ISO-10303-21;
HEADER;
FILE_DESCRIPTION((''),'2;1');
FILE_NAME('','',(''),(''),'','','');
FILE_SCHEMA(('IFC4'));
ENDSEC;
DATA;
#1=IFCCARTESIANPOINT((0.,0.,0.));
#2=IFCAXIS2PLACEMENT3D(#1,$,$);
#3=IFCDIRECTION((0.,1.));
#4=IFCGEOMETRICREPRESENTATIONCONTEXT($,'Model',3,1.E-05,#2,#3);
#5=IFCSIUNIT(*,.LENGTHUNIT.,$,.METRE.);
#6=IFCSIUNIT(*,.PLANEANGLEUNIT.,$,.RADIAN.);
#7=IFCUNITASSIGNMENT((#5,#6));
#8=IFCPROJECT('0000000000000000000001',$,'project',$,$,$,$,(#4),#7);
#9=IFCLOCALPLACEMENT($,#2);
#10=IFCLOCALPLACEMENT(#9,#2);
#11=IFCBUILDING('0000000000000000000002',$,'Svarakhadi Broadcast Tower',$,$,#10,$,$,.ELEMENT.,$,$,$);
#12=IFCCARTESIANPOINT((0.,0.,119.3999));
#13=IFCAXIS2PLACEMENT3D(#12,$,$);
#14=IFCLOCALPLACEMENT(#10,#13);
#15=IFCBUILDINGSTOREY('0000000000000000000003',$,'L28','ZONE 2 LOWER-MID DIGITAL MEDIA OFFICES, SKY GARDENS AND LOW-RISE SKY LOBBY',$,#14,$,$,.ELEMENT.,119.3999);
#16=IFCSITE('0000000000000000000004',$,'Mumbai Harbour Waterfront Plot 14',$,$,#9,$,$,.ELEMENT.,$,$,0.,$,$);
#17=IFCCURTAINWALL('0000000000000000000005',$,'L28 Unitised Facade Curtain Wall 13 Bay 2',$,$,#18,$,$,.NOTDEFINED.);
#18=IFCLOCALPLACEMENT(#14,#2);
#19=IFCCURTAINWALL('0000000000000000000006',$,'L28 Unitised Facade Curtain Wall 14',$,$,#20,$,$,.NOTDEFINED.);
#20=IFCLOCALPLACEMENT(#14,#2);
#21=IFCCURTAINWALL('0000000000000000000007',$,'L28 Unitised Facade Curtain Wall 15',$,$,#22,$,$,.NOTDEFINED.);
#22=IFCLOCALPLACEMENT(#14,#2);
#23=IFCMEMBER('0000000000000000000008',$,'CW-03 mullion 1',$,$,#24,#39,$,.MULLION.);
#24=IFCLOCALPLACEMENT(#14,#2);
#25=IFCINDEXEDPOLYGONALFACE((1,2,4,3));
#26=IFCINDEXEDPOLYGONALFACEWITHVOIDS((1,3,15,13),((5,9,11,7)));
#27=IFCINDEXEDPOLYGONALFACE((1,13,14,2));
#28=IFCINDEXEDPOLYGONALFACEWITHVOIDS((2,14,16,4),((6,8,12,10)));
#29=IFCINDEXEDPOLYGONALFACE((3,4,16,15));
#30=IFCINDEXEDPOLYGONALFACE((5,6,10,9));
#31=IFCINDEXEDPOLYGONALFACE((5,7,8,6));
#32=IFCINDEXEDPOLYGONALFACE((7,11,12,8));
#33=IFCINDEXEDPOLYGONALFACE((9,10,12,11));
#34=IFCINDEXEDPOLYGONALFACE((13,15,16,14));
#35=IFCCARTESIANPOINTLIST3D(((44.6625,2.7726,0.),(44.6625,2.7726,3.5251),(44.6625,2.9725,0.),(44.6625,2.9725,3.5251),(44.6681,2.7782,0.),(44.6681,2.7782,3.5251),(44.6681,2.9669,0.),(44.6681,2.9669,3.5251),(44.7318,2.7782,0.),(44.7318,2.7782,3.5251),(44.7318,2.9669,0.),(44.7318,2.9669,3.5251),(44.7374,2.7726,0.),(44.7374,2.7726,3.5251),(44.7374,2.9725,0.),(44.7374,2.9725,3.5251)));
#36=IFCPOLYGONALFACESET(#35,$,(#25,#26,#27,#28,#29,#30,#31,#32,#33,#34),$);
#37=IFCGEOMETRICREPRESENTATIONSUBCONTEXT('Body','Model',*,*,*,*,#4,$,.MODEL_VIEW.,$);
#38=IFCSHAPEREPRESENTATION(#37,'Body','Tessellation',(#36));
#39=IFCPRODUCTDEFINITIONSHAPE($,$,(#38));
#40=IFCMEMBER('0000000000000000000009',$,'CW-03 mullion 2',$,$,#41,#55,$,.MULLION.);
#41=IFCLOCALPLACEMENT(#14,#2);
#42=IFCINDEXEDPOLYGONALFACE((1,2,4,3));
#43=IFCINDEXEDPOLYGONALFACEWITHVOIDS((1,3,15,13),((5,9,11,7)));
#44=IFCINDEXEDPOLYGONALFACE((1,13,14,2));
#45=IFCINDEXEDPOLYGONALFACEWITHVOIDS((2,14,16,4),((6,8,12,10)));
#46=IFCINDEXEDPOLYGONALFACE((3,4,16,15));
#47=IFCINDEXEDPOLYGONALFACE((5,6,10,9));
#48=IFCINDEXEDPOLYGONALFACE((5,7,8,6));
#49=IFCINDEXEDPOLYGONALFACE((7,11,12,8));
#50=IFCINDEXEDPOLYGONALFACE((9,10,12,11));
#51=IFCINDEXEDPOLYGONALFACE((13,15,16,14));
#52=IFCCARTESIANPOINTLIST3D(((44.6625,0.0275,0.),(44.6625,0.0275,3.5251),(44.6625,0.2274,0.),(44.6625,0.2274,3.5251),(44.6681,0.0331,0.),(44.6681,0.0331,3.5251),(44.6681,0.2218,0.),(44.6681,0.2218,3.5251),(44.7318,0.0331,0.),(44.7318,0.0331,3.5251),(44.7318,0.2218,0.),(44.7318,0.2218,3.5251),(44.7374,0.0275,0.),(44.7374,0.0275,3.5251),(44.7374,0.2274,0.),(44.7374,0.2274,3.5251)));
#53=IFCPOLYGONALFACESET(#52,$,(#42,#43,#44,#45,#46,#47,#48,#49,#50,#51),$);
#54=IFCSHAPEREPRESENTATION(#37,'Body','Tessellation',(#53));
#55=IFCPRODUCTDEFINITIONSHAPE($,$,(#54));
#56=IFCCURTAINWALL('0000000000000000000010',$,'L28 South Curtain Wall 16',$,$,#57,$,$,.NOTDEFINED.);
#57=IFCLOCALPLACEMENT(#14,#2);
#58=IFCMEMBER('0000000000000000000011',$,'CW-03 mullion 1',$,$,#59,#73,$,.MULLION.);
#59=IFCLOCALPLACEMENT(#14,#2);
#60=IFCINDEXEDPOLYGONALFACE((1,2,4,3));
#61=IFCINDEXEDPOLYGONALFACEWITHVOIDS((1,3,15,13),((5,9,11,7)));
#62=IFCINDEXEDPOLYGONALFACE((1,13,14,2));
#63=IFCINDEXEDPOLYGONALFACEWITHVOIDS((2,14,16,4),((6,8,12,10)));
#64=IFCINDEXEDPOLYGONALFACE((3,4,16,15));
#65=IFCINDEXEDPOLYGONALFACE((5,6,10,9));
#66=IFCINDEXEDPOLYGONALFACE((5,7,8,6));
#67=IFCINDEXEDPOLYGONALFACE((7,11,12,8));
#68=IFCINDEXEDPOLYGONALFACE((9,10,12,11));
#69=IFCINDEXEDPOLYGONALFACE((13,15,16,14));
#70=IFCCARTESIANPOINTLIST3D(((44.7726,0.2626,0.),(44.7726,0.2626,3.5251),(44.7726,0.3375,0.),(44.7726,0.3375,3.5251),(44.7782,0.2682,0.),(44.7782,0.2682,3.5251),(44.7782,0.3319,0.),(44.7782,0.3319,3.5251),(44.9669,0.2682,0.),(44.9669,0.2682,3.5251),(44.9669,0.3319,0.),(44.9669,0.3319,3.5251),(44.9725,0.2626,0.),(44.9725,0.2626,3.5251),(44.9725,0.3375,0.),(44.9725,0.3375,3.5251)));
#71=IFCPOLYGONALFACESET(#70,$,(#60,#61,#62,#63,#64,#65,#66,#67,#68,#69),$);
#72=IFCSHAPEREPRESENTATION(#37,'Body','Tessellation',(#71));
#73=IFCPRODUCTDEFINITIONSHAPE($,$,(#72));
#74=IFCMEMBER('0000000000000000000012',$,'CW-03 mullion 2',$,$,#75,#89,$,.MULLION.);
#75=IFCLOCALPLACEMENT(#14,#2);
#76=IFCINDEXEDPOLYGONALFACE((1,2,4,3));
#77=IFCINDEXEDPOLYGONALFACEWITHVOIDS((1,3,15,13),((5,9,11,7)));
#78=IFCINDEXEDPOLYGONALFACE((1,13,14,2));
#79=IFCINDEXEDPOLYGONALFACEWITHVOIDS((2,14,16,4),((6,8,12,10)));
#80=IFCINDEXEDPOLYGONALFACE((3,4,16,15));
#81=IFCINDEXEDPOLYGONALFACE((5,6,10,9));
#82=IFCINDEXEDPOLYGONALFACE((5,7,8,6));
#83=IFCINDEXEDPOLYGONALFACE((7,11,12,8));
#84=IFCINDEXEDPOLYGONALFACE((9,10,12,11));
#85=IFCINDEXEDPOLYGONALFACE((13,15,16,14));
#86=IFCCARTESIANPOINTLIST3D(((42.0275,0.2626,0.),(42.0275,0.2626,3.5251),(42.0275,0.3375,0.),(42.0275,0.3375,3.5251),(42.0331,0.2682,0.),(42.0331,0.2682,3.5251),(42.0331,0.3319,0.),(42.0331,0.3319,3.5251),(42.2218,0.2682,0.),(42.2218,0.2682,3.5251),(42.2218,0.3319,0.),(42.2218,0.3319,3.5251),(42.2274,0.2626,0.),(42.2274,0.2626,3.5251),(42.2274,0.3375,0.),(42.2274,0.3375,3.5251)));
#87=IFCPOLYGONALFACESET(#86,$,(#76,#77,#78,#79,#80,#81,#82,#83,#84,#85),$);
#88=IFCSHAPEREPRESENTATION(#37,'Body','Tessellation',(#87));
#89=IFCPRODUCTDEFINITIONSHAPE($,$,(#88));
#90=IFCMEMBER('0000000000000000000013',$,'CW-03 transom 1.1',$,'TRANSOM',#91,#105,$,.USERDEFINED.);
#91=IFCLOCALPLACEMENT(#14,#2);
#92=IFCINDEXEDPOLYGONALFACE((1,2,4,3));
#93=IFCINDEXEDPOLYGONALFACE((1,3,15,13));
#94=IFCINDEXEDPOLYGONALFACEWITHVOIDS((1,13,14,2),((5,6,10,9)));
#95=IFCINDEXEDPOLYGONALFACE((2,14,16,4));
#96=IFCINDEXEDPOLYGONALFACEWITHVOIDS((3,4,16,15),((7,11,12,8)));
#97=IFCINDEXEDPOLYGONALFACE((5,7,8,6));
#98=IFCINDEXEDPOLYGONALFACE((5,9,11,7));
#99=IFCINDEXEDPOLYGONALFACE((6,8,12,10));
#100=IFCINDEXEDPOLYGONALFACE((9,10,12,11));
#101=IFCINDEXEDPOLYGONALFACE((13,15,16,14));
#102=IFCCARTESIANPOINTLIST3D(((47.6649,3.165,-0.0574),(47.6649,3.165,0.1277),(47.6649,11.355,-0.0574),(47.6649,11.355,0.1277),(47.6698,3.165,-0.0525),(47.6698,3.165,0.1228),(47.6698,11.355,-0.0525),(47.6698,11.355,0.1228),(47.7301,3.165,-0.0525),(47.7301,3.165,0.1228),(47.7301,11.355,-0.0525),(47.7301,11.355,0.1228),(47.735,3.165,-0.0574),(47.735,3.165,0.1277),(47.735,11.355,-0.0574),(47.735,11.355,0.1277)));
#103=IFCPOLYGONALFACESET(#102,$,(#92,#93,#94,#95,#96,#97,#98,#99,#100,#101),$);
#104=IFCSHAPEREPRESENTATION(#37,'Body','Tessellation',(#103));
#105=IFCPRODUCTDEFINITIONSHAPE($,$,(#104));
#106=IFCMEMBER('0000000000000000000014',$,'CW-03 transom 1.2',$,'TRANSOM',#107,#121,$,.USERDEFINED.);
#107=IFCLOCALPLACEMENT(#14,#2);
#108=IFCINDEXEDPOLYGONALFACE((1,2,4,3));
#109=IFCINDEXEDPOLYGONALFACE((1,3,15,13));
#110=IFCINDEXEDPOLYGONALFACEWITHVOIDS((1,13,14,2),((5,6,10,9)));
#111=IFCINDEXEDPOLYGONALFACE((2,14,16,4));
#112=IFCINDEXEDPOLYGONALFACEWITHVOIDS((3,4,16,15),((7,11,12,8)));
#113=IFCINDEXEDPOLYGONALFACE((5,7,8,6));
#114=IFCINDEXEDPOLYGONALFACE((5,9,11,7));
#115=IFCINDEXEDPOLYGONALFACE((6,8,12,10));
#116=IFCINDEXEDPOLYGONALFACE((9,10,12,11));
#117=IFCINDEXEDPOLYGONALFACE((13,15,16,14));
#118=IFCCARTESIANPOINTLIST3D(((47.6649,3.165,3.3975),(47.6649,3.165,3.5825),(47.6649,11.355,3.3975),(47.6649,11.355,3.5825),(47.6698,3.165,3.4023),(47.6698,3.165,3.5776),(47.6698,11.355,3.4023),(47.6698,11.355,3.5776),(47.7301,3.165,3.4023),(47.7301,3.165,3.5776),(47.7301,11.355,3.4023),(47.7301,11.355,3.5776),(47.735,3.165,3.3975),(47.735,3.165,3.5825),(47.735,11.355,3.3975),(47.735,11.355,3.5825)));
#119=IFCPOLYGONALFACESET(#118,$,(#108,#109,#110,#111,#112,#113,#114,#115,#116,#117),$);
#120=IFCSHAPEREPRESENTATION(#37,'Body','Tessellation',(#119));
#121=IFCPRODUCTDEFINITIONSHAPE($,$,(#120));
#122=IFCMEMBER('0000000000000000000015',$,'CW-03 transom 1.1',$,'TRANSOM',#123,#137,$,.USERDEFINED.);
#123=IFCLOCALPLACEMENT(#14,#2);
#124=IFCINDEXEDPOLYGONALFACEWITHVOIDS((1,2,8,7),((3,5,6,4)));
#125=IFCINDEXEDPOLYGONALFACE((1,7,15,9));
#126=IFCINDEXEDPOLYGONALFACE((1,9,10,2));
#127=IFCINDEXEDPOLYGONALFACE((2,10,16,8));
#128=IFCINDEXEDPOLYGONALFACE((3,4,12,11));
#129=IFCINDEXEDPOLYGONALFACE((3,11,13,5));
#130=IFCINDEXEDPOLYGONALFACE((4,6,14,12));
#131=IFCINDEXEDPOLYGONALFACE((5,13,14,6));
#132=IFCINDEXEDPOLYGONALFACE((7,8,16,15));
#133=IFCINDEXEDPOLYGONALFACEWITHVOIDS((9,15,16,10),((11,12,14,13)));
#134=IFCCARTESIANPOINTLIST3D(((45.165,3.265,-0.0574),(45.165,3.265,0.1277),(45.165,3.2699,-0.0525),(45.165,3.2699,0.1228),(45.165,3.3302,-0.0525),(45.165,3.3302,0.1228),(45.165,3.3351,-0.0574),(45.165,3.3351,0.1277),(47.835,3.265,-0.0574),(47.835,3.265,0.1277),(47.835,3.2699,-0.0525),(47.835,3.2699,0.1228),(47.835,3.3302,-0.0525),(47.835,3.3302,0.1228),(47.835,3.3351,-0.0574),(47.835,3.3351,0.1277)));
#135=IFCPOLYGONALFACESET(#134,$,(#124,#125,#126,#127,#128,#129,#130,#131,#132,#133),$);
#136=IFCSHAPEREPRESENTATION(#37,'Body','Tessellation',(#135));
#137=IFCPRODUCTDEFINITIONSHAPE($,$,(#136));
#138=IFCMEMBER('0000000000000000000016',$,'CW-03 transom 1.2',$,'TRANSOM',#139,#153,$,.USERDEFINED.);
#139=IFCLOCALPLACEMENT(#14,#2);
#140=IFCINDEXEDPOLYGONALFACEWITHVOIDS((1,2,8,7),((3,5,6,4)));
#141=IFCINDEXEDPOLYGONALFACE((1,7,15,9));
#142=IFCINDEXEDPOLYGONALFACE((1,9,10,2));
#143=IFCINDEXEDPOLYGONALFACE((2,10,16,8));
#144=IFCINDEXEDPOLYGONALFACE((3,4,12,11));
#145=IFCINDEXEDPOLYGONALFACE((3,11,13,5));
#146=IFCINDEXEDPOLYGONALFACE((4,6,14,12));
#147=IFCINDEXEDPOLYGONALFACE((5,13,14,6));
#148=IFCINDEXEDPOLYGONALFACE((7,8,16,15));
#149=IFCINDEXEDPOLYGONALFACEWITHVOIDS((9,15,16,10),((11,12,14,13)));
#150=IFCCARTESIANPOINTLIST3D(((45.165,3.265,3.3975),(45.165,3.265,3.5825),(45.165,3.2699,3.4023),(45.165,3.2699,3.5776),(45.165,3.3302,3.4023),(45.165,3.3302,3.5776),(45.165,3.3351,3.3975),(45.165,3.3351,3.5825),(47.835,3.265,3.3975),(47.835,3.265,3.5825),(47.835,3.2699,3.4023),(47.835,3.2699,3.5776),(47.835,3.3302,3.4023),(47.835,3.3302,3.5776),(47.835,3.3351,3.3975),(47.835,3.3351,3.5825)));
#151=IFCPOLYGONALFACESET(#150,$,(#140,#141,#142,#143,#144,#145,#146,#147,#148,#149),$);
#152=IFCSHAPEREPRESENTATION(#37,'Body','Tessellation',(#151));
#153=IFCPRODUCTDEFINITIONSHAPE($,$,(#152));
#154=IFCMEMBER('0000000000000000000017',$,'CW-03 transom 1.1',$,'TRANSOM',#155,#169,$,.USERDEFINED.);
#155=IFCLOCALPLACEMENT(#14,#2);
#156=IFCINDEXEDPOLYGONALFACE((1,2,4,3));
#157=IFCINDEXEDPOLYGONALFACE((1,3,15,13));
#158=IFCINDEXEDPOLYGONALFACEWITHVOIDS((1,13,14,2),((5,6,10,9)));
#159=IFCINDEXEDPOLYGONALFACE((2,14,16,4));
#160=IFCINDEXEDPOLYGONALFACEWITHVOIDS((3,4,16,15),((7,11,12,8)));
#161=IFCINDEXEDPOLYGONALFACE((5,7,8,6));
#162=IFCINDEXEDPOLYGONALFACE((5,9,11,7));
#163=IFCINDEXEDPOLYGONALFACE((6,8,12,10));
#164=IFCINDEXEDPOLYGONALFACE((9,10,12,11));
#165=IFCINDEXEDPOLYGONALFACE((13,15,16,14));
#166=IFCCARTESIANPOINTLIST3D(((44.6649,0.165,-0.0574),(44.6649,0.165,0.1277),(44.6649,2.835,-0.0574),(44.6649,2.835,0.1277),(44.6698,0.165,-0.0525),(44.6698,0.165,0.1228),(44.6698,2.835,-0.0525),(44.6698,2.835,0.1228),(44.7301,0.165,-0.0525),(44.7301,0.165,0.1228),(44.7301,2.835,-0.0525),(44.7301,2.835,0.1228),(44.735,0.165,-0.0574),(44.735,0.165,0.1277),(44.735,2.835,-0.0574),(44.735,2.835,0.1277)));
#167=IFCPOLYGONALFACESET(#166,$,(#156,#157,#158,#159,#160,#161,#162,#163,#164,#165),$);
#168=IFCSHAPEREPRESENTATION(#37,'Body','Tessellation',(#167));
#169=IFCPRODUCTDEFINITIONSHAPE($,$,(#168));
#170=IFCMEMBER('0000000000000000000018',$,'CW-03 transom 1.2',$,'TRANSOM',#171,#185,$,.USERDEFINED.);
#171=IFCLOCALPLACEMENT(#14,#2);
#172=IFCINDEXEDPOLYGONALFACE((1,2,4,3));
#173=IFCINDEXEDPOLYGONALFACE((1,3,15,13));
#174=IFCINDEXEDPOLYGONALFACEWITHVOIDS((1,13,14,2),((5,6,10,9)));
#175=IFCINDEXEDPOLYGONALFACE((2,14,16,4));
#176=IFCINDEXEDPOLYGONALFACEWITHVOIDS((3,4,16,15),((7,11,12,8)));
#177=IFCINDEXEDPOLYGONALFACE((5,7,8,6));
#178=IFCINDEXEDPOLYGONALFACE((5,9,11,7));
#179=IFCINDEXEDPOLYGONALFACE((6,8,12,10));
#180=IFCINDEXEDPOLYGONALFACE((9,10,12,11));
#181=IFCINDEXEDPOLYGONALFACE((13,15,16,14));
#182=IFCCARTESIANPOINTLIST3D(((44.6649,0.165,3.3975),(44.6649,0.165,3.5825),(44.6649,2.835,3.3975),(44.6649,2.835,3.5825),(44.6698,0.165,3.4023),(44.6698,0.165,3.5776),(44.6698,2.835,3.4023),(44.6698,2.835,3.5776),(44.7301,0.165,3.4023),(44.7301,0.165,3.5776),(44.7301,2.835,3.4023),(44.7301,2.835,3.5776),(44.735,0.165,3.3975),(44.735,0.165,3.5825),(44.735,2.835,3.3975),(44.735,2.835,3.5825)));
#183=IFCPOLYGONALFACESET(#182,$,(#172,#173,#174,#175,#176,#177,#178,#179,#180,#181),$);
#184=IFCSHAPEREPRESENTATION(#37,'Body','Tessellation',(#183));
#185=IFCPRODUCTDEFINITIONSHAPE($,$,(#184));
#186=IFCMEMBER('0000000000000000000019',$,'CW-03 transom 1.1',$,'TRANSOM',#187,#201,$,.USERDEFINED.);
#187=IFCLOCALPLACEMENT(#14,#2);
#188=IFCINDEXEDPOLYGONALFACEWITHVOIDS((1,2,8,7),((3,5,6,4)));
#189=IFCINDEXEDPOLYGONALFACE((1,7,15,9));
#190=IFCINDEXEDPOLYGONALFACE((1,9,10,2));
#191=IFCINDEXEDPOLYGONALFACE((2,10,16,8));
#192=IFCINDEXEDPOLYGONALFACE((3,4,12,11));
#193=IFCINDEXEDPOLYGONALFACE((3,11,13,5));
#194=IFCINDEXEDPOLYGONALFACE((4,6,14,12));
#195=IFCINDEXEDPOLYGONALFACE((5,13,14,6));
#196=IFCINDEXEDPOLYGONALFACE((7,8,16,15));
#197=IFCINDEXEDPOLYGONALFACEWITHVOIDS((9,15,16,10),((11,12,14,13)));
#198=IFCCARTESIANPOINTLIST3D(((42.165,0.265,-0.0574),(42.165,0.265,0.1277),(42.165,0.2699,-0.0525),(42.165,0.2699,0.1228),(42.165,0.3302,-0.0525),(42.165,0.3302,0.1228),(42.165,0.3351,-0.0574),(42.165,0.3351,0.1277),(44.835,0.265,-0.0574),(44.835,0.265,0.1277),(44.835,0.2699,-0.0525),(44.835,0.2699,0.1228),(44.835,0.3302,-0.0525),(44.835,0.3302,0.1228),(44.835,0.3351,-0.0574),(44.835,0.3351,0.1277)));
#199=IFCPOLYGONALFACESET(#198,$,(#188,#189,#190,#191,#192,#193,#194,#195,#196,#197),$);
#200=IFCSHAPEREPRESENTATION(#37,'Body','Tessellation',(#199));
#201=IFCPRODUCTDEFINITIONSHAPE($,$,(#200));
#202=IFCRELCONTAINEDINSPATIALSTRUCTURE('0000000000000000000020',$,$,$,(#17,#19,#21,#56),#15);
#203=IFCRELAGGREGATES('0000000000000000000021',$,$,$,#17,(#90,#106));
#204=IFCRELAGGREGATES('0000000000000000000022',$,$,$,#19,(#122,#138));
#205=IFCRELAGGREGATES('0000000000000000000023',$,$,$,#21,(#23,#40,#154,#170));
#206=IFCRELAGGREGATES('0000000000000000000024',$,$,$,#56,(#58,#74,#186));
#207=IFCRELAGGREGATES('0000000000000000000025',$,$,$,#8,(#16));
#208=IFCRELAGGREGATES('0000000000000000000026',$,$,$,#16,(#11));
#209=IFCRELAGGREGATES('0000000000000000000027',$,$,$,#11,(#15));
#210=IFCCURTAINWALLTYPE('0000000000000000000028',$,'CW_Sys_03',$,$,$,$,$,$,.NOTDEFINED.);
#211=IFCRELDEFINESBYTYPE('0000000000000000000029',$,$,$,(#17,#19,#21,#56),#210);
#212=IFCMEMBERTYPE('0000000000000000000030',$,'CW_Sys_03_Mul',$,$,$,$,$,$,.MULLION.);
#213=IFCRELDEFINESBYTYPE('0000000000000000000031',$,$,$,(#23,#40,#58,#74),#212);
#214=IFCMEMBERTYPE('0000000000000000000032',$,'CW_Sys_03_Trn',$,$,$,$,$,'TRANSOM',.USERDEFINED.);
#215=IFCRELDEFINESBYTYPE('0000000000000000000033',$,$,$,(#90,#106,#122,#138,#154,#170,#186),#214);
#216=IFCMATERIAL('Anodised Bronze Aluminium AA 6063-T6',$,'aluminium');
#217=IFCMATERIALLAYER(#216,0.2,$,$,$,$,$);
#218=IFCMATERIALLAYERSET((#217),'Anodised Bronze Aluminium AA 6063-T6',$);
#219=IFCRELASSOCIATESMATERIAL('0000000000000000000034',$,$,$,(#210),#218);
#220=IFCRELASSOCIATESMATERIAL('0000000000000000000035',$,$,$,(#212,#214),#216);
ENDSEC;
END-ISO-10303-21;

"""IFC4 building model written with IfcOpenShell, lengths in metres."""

from ifc_helpers import new_model, si_unit, direction, frame, origin, origin_2d, place, context, subcontext, project, spatial, hollow_rectangle, extrude, material, layer, layer_set, material_profile, profile_set, type_object, element, aggregate, save


model = new_model("IFC4")

# Units and contexts
model_context = context("Model", 3, precision=1e-05, world=origin(), true_north=direction((0.0, 1.0)))
body_context = subcontext(model_context, "Body", "Model", "MODEL_VIEW")
ifc_project = project(units=[si_unit("LENGTHUNIT", "METRE"), si_unit("PLANEANGLEUNIT", "RADIAN")], contexts=[model_context])

# Site, building, storey
site_placement = place(None, origin())
site = spatial("IfcSite", under=ifc_project, at=site_placement, Name="Mumbai Harbour Waterfront Plot 14", CompositionType="ELEMENT", RefElevation=0.0)
building_placement = place(site_placement, origin())
building = spatial("IfcBuilding", under=site, at=building_placement, Name="Svarakhadi Broadcast Tower", CompositionType="ELEMENT")
storey_placement = place(building_placement, frame((0.0, 0.0, 119.3999)))
storey = spatial("IfcBuildingStorey", under=building, at=storey_placement, Name="L28", Description="ZONE 2 LOWER-MID DIGITAL MEDIA OFFICES, SKY GARDENS AND LOW-RISE SKY LOBBY", CompositionType="ELEMENT", Elevation=119.3999)

# Curtain walls, members
ifc_material_1 = material(Name="Anodised Bronze Aluminium AA 6063-T6", Category="aluminium")
ifc_layer_1 = layer(ifc_material_1, 0.2)
ifc_layer_set_1 = layer_set([ifc_layer_1], Name="Anodised Bronze Aluminium AA 6063-T6")
curtain_wall_type = type_object("IfcCurtainWallType", Name="CW_Sys_03", PredefinedType="NOTDEFINED", material=ifc_layer_set_1)
curtain_wall_1_placement = place(storey_placement, origin())
curtain_wall_1 = element("IfcCurtainWall", 1, at=curtain_wall_1_placement, inside=storey, type_object=curtain_wall_type, Name="L28 Unitised Facade Curtain Wall 13 Bay 2", PredefinedType="NOTDEFINED")
ifc_material_profile_1 = material_profile(ifc_material_1, hollow_rectangle(XDim=0.075, YDim=0.2, WallThickness=0.0056, at=origin_2d()), Name="ALU MULLION 200x75x6")
ifc_profile_set_1 = profile_set([ifc_material_profile_1], Name="Anodised Bronze Aluminium AA 6063-T6")
member_type_1 = type_object("IfcMemberType", Name="CW_Sys_03_Mul", PredefinedType="MULLION", material=ifc_profile_set_1)
curtain_wall_2_placement = place(storey_placement, origin())
curtain_wall_2 = element("IfcCurtainWall", 2, at=curtain_wall_2_placement, inside=storey, type_object=curtain_wall_type, Name="L28 Unitised Facade Curtain Wall 14", PredefinedType="NOTDEFINED")
curtain_wall_3_placement = place(storey_placement, origin())
curtain_wall_3 = element("IfcCurtainWall", 3, at=curtain_wall_3_placement, inside=storey, type_object=curtain_wall_type, Name="L28 Unitised Facade Curtain Wall 15", PredefinedType="NOTDEFINED")
member_1_placement = place(storey_placement, frame((44.7, 2.8726, 0.0), z_axis=(0.0, 0.0, 1.0), x_axis=(1.0, 0.0, 0.0)))
member_1 = element("IfcMember", 4, at=member_1_placement, type_object=member_type_1, Name="CW-03 mullion 1", PredefinedType="MULLION", context=body_context, shape_type="SweptSolid", body=[
    extrude(hollow_rectangle(XDim=0.075, YDim=0.2, WallThickness=0.0056, at=origin_2d()), origin(), (0.0, 0.0, 1.0), 3.5251),
])
member_2_placement = place(storey_placement, frame((44.7, 0.1274, 0.0), z_axis=(0.0, 0.0, 1.0), x_axis=(1.0, 0.0, 0.0)))
member_2 = element("IfcMember", 5, at=member_2_placement, type_object=member_type_1, Name="CW-03 mullion 2", PredefinedType="MULLION", context=body_context, shape_type="SweptSolid", body=[
    extrude(hollow_rectangle(XDim=0.075, YDim=0.2, WallThickness=0.0056, at=origin_2d()), origin(), (0.0, 0.0, 1.0), 3.5251),
])
curtain_wall_4_placement = place(storey_placement, origin())
curtain_wall_4 = element("IfcCurtainWall", 6, at=curtain_wall_4_placement, inside=storey, type_object=curtain_wall_type, Name="L28 South Curtain Wall 16", PredefinedType="NOTDEFINED")
member_3_placement = place(storey_placement, frame((44.8726, 0.3, 0.0), z_axis=(0.0, 0.0, 1.0), x_axis=(0.0, -1.0, 0.0)))
member_3 = element("IfcMember", 7, at=member_3_placement, type_object=member_type_1, Name="CW-03 mullion 1", PredefinedType="MULLION", context=body_context, shape_type="SweptSolid", body=[
    extrude(hollow_rectangle(XDim=0.075, YDim=0.2, WallThickness=0.0056, at=origin_2d()), origin(), (0.0, 0.0, 1.0), 3.5251),
])
member_4_placement = place(storey_placement, frame((42.1274, 0.3, 0.0), z_axis=(0.0, 0.0, 1.0), x_axis=(0.0, -1.0, 0.0)))
member_4 = element("IfcMember", 8, at=member_4_placement, type_object=member_type_1, Name="CW-03 mullion 2", PredefinedType="MULLION", context=body_context, shape_type="SweptSolid", body=[
    extrude(hollow_rectangle(XDim=0.075, YDim=0.2, WallThickness=0.0056, at=origin_2d()), origin(), (0.0, 0.0, 1.0), 3.5251),
])

# Members
ifc_material_profile_2 = material_profile(ifc_material_1, hollow_rectangle(XDim=0.0701, YDim=0.1851, WallThickness=0.0049, at=origin_2d()), Name="ALU TRANSOM 185x70x5")
ifc_profile_set_2 = profile_set([ifc_material_profile_2], Name="Anodised Bronze Aluminium AA 6063-T6")
member_type_2 = type_object("IfcMemberType", Name="CW_Sys_03_Trn", ElementType="TRANSOM", PredefinedType="USERDEFINED", material=ifc_profile_set_2)
member_5_placement = place(storey_placement, frame((47.7, 11.355, 0.0352), z_axis=(0.0, -1.0, 0.0), x_axis=(1.0, 0.0, 0.0)))
member_5 = element("IfcMember", 9, at=member_5_placement, type_object=member_type_2, Name="CW-03 transom 1.1", ObjectType="TRANSOM", PredefinedType="USERDEFINED", context=body_context, shape_type="SweptSolid", body=[
    extrude(hollow_rectangle(XDim=0.0701, YDim=0.1851, WallThickness=0.0049, at=origin_2d()), origin(), (0.0, 0.0, 1.0), 8.1899),
])
member_6_placement = place(storey_placement, frame((47.7, 11.355, 3.49), z_axis=(0.0, -1.0, 0.0), x_axis=(1.0, 0.0, 0.0)))
member_6 = element("IfcMember", 10, at=member_6_placement, type_object=member_type_2, Name="CW-03 transom 1.2", ObjectType="TRANSOM", PredefinedType="USERDEFINED", context=body_context, shape_type="SweptSolid", body=[
    extrude(hollow_rectangle(XDim=0.0701, YDim=0.1851, WallThickness=0.0049, at=origin_2d()), origin(), (0.0, 0.0, 1.0), 8.1899),
])
member_7_placement = place(storey_placement, frame((47.835, 3.3, 0.0352), z_axis=(-1.0, 0.0, 0.0), x_axis=(0.0, -1.0, 0.0)))
member_7 = element("IfcMember", 11, at=member_7_placement, type_object=member_type_2, Name="CW-03 transom 1.1", ObjectType="TRANSOM", PredefinedType="USERDEFINED", context=body_context, shape_type="SweptSolid", body=[
    extrude(hollow_rectangle(XDim=0.0701, YDim=0.1851, WallThickness=0.0049, at=origin_2d()), origin(), (0.0, 0.0, 1.0), 2.6699),
])
member_8_placement = place(storey_placement, frame((47.835, 3.3, 3.49), z_axis=(-1.0, 0.0, 0.0), x_axis=(0.0, -1.0, 0.0)))
member_8 = element("IfcMember", 12, at=member_8_placement, type_object=member_type_2, Name="CW-03 transom 1.2", ObjectType="TRANSOM", PredefinedType="USERDEFINED", context=body_context, shape_type="SweptSolid", body=[
    extrude(hollow_rectangle(XDim=0.0701, YDim=0.1851, WallThickness=0.0049, at=origin_2d()), origin(), (0.0, 0.0, 1.0), 2.6699),
])
member_9_placement = place(storey_placement, frame((44.7, 2.835, 0.0352), z_axis=(0.0, -1.0, 0.0), x_axis=(1.0, 0.0, 0.0)))
member_9 = element("IfcMember", 13, at=member_9_placement, type_object=member_type_2, Name="CW-03 transom 1.1", ObjectType="TRANSOM", PredefinedType="USERDEFINED", context=body_context, shape_type="SweptSolid", body=[
    extrude(hollow_rectangle(XDim=0.0701, YDim=0.1851, WallThickness=0.0049, at=origin_2d()), origin(), (0.0, 0.0, 1.0), 2.6699),
])
member_10_placement = place(storey_placement, frame((44.7, 2.835, 3.49), z_axis=(0.0, -1.0, 0.0), x_axis=(1.0, 0.0, 0.0)))
member_10 = element("IfcMember", 14, at=member_10_placement, type_object=member_type_2, Name="CW-03 transom 1.2", ObjectType="TRANSOM", PredefinedType="USERDEFINED", context=body_context, shape_type="SweptSolid", body=[
    extrude(hollow_rectangle(XDim=0.0701, YDim=0.1851, WallThickness=0.0049, at=origin_2d()), origin(), (0.0, 0.0, 1.0), 2.6699),
])
member_11_placement = place(storey_placement, frame((44.835, 0.3, 0.0352), z_axis=(-1.0, 0.0, 0.0), x_axis=(0.0, -1.0, 0.0)))
member_11 = element("IfcMember", 15, at=member_11_placement, type_object=member_type_2, Name="CW-03 transom 1.1", ObjectType="TRANSOM", PredefinedType="USERDEFINED", context=body_context, shape_type="SweptSolid", body=[
    extrude(hollow_rectangle(XDim=0.0701, YDim=0.1851, WallThickness=0.0049, at=origin_2d()), origin(), (0.0, 0.0, 1.0), 2.6699),
])

aggregate(curtain_wall_1, [member_5, member_6])
aggregate(curtain_wall_2, [member_7, member_8])
aggregate(curtain_wall_3, [member_1, member_2, member_9, member_10])
aggregate(curtain_wall_4, [member_3, member_4, member_11])

save(model, "model.ifc")
